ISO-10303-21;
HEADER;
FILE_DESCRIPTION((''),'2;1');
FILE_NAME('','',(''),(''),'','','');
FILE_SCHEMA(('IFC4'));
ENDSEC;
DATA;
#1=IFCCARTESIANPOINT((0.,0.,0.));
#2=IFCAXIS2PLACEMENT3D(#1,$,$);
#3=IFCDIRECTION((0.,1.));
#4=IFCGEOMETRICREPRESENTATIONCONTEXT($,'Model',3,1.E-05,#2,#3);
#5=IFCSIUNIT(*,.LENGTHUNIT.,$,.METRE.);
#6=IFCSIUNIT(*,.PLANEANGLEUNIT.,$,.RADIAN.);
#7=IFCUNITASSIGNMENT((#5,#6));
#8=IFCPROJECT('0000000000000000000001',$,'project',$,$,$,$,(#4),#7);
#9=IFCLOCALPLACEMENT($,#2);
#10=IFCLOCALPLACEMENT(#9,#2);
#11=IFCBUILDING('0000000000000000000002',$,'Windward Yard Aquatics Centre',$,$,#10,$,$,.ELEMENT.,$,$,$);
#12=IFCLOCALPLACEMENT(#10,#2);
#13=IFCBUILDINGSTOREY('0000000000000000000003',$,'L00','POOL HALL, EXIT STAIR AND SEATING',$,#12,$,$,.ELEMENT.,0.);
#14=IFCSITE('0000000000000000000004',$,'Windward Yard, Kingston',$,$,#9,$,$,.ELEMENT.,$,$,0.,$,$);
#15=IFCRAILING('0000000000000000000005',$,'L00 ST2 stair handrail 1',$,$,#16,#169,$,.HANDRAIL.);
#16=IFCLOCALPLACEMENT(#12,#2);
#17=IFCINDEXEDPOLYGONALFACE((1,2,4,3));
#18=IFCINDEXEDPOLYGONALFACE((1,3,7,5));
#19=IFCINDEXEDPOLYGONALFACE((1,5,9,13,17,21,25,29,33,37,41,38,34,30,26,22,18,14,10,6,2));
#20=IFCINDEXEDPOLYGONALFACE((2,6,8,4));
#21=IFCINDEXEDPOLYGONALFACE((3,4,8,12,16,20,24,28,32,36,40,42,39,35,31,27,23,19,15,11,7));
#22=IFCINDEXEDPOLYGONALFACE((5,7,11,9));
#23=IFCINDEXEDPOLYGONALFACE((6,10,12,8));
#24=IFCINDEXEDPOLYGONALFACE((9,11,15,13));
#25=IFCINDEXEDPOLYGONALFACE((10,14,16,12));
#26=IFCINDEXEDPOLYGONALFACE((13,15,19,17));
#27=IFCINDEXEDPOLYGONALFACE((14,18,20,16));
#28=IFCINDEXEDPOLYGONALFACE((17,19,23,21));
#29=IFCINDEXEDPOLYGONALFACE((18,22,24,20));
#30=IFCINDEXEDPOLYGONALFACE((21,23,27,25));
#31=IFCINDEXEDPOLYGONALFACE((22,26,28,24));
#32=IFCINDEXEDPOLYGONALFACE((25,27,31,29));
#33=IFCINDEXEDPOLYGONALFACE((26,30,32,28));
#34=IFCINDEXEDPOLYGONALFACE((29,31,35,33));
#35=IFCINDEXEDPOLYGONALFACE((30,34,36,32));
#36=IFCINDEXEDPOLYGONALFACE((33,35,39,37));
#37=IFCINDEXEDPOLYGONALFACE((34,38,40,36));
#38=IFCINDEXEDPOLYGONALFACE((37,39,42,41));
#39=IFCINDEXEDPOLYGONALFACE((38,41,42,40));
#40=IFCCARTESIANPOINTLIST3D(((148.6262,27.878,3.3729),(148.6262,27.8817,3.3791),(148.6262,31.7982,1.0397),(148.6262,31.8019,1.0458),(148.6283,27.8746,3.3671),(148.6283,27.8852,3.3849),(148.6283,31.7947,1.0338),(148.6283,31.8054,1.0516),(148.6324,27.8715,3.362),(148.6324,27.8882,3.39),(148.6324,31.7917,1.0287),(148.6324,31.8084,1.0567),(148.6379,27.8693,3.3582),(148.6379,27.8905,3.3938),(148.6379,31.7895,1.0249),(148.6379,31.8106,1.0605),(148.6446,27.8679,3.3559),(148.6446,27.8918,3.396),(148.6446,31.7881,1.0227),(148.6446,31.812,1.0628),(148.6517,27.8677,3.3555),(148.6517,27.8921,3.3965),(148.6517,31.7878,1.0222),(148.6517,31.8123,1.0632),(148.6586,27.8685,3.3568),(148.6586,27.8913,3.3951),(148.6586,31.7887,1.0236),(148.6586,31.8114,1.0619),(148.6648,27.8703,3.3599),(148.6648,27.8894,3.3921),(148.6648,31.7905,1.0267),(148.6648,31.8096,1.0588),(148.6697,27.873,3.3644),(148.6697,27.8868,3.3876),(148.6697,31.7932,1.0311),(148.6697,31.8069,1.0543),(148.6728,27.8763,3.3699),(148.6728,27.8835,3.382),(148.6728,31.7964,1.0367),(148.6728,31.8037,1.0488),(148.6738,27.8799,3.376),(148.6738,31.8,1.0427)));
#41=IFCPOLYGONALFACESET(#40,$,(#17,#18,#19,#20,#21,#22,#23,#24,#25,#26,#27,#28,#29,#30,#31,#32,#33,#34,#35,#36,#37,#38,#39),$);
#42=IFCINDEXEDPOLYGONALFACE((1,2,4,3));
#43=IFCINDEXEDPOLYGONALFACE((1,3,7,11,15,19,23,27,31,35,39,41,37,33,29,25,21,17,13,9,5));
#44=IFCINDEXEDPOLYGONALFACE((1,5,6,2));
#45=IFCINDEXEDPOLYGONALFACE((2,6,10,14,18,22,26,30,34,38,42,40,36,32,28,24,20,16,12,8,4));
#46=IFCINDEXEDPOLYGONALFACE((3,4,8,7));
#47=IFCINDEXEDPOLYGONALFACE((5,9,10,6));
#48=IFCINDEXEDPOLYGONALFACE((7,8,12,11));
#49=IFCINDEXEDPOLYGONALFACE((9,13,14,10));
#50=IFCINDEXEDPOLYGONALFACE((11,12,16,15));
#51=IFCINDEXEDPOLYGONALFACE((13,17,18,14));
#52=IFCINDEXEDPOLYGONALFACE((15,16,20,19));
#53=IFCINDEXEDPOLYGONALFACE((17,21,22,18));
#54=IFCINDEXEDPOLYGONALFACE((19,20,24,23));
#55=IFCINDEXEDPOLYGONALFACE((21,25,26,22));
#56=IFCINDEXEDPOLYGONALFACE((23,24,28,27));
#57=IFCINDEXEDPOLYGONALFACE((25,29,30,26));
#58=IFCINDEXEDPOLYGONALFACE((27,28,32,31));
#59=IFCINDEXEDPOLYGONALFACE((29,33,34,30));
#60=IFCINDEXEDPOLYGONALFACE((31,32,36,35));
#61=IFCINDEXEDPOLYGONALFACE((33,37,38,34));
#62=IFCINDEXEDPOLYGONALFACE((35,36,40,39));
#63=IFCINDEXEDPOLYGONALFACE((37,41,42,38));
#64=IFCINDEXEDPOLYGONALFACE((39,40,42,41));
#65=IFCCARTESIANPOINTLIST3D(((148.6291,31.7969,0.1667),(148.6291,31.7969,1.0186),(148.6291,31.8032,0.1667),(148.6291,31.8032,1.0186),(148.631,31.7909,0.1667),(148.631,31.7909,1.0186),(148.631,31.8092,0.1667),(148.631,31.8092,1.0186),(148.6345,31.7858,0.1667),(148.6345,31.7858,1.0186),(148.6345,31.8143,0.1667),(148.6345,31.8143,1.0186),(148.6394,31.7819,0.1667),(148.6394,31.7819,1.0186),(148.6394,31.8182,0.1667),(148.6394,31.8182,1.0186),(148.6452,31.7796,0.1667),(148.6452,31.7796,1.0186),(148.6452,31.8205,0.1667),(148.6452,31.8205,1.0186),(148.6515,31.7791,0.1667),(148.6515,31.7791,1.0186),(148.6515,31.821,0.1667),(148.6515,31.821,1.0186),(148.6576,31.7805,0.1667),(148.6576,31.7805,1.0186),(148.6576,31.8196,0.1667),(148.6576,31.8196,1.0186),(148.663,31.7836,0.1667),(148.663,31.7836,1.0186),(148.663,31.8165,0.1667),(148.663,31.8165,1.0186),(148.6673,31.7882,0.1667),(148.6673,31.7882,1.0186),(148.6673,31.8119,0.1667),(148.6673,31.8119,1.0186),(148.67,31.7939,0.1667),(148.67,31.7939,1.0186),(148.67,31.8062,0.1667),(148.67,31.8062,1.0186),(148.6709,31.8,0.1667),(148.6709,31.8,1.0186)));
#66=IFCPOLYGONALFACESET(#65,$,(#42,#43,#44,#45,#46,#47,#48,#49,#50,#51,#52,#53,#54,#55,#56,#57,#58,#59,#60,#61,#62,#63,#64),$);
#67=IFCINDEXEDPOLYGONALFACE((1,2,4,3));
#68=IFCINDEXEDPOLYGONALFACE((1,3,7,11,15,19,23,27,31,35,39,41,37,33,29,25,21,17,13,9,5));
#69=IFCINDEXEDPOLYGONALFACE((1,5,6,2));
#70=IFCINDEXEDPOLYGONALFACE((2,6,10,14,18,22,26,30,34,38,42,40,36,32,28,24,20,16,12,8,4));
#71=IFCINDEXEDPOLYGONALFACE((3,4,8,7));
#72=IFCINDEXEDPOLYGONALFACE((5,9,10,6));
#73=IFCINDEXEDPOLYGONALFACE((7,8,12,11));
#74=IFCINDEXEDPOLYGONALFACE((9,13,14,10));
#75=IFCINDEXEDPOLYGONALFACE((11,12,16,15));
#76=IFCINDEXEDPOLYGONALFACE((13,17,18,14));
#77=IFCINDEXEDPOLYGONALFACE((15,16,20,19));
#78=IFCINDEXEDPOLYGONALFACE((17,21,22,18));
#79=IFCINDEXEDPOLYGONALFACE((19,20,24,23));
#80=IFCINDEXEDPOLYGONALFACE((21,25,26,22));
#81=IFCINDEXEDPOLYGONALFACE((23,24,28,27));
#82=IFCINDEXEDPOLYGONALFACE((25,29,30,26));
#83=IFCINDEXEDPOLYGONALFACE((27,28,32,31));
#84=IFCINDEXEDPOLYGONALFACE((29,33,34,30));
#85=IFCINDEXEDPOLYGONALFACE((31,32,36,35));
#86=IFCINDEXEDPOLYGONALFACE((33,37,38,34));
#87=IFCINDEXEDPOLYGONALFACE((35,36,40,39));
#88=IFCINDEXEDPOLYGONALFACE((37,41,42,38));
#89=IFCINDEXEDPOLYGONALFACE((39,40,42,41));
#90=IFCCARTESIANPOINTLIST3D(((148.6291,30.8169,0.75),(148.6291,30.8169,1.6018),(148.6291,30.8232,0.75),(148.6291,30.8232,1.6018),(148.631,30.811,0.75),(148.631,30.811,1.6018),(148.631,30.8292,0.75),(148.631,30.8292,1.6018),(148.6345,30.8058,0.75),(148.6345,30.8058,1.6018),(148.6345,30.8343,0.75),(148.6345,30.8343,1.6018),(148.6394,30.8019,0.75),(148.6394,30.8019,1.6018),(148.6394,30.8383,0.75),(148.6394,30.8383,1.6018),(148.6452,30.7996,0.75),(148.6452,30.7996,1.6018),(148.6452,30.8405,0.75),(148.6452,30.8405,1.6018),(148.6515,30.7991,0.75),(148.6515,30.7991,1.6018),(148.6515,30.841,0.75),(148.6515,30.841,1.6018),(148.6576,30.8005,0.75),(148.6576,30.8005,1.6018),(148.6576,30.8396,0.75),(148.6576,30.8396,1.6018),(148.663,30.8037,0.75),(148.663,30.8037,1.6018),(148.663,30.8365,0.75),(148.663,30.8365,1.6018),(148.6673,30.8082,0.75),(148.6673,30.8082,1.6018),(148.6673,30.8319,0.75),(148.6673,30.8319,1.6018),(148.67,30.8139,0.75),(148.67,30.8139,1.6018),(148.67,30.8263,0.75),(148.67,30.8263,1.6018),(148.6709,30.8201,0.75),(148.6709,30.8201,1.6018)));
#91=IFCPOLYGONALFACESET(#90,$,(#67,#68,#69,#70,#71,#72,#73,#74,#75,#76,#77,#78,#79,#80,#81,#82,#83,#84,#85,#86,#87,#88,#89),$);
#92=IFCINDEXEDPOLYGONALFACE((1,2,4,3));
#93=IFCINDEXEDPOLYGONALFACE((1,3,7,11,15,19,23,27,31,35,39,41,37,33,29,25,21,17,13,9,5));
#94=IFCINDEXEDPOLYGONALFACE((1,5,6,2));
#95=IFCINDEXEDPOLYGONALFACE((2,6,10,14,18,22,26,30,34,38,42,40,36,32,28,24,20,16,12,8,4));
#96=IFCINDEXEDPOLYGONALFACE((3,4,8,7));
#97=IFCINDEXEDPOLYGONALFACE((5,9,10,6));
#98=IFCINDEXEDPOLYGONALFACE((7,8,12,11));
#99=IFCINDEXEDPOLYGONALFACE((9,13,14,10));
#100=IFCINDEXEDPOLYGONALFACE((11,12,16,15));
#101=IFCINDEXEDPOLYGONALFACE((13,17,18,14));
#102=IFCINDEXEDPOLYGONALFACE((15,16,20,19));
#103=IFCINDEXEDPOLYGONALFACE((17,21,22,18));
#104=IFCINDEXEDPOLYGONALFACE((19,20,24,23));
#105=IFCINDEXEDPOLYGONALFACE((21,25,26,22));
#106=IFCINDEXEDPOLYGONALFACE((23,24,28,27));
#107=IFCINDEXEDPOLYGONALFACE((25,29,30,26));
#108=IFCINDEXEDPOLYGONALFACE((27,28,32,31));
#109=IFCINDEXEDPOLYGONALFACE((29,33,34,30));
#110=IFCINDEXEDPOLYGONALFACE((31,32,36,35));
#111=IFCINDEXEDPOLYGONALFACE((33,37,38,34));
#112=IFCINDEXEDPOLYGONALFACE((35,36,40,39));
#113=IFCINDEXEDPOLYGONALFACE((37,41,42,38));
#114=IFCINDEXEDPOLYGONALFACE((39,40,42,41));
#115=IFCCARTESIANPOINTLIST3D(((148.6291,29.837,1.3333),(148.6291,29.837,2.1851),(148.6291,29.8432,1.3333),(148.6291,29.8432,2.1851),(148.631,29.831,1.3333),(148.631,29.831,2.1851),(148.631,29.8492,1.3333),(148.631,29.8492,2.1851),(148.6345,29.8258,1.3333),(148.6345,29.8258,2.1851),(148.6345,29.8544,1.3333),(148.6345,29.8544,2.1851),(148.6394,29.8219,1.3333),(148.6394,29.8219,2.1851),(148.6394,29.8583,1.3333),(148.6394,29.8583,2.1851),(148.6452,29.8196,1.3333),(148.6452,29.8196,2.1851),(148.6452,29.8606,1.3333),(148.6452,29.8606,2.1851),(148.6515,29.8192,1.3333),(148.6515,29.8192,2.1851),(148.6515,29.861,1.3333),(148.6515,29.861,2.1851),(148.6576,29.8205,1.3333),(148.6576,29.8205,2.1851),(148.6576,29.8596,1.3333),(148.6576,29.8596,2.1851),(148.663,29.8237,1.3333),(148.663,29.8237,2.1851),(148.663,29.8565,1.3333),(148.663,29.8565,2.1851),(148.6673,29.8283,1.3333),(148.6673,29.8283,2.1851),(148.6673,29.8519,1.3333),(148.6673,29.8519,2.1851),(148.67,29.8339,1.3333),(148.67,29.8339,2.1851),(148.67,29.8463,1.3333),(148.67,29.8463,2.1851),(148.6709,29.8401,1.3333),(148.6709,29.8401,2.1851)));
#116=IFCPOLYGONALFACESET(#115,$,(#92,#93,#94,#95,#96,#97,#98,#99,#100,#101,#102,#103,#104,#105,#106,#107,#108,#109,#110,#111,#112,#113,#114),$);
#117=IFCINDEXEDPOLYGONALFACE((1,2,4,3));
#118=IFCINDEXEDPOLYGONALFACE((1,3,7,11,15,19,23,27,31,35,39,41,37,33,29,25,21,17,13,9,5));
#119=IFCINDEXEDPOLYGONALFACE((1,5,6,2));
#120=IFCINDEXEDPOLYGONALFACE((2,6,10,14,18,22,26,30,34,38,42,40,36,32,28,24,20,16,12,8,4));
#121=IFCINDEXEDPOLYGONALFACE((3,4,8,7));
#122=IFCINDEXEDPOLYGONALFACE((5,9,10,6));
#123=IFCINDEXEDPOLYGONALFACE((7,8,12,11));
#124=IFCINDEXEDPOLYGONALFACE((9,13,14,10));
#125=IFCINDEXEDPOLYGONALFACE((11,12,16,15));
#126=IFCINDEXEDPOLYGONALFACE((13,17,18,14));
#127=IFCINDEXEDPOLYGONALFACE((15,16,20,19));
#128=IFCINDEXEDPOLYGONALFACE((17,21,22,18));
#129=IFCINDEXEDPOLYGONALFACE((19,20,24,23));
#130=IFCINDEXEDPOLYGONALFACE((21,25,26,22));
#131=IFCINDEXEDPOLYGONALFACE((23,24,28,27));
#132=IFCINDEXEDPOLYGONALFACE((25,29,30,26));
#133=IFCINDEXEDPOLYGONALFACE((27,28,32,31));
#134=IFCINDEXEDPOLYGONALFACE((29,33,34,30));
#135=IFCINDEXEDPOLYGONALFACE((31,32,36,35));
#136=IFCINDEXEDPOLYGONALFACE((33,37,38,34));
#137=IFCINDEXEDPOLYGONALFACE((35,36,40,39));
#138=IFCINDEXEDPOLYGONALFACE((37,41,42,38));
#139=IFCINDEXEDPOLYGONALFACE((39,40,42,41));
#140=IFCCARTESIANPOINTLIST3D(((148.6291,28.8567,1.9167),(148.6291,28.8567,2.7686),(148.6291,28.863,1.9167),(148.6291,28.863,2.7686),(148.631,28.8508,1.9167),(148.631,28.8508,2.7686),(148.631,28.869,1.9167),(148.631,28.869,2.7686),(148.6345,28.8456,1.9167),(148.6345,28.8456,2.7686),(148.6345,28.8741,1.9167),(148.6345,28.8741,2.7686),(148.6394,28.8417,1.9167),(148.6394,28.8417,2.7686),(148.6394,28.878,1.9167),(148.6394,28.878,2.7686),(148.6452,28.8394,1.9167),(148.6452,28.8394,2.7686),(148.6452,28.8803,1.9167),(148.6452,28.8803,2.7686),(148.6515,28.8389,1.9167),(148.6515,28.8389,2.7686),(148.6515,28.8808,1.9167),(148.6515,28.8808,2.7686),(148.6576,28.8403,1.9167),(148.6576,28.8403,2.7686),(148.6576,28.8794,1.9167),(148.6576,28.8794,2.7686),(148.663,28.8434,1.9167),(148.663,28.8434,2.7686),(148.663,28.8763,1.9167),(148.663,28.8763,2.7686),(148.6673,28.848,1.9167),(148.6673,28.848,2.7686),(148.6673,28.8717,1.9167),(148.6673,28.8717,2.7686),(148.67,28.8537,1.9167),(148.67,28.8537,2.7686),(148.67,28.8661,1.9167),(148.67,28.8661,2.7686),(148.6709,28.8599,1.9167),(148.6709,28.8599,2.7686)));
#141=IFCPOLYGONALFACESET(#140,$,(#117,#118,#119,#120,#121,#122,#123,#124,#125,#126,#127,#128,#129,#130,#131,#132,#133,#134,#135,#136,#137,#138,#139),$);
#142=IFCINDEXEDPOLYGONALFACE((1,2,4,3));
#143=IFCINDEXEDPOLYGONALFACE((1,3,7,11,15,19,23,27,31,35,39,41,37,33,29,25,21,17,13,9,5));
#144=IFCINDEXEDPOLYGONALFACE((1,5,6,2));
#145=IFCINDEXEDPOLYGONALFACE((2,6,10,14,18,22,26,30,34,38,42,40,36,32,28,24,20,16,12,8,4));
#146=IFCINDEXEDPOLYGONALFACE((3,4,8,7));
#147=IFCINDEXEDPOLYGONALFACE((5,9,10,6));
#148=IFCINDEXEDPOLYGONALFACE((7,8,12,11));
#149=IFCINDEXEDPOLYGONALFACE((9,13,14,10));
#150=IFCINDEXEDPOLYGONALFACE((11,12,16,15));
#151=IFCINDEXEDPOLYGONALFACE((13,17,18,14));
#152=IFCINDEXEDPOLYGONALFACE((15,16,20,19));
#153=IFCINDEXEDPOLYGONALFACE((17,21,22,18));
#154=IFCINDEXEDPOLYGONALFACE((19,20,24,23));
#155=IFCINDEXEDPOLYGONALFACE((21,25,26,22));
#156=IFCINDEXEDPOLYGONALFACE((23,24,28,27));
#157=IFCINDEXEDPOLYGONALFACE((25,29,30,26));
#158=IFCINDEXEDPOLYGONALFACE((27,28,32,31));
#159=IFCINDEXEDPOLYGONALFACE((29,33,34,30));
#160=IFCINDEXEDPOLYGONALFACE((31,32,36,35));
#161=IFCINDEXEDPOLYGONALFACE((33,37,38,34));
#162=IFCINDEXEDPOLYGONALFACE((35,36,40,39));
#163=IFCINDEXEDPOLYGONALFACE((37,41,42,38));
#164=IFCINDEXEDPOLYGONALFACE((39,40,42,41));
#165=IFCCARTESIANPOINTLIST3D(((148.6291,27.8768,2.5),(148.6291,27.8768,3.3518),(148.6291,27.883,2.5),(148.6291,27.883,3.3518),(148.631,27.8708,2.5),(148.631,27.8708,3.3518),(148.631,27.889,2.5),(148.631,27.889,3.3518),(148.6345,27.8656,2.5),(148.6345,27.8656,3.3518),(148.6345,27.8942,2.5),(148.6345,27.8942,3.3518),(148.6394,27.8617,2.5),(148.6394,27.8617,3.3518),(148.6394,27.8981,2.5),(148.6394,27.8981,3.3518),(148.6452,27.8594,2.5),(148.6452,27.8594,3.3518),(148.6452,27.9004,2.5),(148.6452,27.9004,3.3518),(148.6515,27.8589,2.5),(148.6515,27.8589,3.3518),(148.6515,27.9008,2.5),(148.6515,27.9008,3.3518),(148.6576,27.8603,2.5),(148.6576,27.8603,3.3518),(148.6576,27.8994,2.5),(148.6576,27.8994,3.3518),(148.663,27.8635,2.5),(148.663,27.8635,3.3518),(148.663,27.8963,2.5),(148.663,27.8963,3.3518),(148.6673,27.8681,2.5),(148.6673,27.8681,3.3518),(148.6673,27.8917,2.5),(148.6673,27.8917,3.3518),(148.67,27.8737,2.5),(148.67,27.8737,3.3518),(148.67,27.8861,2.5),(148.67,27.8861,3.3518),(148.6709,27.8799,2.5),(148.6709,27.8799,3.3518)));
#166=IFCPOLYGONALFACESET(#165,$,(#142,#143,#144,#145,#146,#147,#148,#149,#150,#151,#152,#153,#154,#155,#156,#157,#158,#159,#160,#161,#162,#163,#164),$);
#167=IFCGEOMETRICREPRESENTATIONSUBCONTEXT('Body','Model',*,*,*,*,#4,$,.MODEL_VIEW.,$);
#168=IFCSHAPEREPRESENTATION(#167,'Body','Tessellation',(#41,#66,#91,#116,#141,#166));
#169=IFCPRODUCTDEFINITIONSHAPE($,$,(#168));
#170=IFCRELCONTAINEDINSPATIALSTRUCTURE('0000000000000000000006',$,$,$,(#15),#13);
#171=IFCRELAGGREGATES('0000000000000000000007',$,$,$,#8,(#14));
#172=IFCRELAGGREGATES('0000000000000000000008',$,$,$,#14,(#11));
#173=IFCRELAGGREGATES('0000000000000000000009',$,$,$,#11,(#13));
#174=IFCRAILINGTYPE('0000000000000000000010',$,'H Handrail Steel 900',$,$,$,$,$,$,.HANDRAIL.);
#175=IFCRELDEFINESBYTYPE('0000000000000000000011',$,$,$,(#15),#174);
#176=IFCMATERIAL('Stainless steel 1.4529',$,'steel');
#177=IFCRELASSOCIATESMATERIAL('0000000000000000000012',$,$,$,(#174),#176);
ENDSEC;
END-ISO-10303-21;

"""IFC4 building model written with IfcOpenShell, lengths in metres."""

from ifc_helpers import new_model, si_unit, direction, frame, origin, origin_2d, place, context, subcontext, project, spatial, circle, extrude, material, type_object, element, save


model = new_model("IFC4")

# Units and contexts
model_context = context("Model", 3, precision=1e-05, world=origin(), true_north=direction((0.0, 1.0)))
body_context = subcontext(model_context, "Body", "Model", "MODEL_VIEW")
ifc_project = project(units=[si_unit("LENGTHUNIT", "METRE"), si_unit("PLANEANGLEUNIT", "RADIAN")], contexts=[model_context])

# Site, building, storey
site_placement = place(None, origin())
site = spatial("IfcSite", under=ifc_project, at=site_placement, Name="Windward Yard, Kingston", CompositionType="ELEMENT", RefElevation=0.0)
building_placement = place(site_placement, origin())
building = spatial("IfcBuilding", under=site, at=building_placement, Name="Windward Yard Aquatics Centre", CompositionType="ELEMENT")
storey_placement = place(building_placement, origin())
storey = spatial("IfcBuildingStorey", under=building, at=storey_placement, Name="L00", Description="POOL HALL, EXIT STAIR AND SEATING", CompositionType="ELEMENT", Elevation=0.0)

# Railing
ifc_material_1 = material(Name="Stainless steel 1.4529", Category="steel")
railing_type_1 = type_object("IfcRailingType", Name="H Handrail Steel 900", PredefinedType="HANDRAIL", material=ifc_material_1)
railing_1_placement = place(storey_placement, frame((148.6499, 31.8, 0.1667)))
element("IfcRailing", 1, at=railing_1_placement, inside=storey, type_object=railing_type_1, Name="L00 ST2 stair handrail 1", PredefinedType="HANDRAIL", context=body_context, shape_type="SweptSolid", body=[
    extrude(circle(Radius=0.0239, at=origin_2d()), frame((0.0, 0.0, 0.876), z_axis=(0.0, -0.85931, 0.511455), x_axis=(1.0, 0.0, 0.0)), (0.0, 0.0, 1.0), 4.562),
    extrude(circle(Radius=0.021, at=origin_2d()), origin(), (0.0, 0.0, 1.0), 0.8518),
    extrude(circle(Radius=0.021, at=origin_2d()), frame((0.0, -0.98, 0.5833)), (0.0, 0.0, 1.0), 0.8518),
    extrude(circle(Radius=0.021, at=origin_2d()), frame((0.0, -1.96, 1.1665)), (0.0, 0.0, 1.0), 0.8518),
    extrude(circle(Radius=0.021, at=origin_2d()), frame((0.0, -2.9402, 1.75)), (0.0, 0.0, 1.0), 0.8518),
    extrude(circle(Radius=0.021, at=origin_2d()), frame((0.0, -3.9202, 2.3333)), (0.0, 0.0, 1.0), 0.8518),
])

save(model, "model.ifc")
